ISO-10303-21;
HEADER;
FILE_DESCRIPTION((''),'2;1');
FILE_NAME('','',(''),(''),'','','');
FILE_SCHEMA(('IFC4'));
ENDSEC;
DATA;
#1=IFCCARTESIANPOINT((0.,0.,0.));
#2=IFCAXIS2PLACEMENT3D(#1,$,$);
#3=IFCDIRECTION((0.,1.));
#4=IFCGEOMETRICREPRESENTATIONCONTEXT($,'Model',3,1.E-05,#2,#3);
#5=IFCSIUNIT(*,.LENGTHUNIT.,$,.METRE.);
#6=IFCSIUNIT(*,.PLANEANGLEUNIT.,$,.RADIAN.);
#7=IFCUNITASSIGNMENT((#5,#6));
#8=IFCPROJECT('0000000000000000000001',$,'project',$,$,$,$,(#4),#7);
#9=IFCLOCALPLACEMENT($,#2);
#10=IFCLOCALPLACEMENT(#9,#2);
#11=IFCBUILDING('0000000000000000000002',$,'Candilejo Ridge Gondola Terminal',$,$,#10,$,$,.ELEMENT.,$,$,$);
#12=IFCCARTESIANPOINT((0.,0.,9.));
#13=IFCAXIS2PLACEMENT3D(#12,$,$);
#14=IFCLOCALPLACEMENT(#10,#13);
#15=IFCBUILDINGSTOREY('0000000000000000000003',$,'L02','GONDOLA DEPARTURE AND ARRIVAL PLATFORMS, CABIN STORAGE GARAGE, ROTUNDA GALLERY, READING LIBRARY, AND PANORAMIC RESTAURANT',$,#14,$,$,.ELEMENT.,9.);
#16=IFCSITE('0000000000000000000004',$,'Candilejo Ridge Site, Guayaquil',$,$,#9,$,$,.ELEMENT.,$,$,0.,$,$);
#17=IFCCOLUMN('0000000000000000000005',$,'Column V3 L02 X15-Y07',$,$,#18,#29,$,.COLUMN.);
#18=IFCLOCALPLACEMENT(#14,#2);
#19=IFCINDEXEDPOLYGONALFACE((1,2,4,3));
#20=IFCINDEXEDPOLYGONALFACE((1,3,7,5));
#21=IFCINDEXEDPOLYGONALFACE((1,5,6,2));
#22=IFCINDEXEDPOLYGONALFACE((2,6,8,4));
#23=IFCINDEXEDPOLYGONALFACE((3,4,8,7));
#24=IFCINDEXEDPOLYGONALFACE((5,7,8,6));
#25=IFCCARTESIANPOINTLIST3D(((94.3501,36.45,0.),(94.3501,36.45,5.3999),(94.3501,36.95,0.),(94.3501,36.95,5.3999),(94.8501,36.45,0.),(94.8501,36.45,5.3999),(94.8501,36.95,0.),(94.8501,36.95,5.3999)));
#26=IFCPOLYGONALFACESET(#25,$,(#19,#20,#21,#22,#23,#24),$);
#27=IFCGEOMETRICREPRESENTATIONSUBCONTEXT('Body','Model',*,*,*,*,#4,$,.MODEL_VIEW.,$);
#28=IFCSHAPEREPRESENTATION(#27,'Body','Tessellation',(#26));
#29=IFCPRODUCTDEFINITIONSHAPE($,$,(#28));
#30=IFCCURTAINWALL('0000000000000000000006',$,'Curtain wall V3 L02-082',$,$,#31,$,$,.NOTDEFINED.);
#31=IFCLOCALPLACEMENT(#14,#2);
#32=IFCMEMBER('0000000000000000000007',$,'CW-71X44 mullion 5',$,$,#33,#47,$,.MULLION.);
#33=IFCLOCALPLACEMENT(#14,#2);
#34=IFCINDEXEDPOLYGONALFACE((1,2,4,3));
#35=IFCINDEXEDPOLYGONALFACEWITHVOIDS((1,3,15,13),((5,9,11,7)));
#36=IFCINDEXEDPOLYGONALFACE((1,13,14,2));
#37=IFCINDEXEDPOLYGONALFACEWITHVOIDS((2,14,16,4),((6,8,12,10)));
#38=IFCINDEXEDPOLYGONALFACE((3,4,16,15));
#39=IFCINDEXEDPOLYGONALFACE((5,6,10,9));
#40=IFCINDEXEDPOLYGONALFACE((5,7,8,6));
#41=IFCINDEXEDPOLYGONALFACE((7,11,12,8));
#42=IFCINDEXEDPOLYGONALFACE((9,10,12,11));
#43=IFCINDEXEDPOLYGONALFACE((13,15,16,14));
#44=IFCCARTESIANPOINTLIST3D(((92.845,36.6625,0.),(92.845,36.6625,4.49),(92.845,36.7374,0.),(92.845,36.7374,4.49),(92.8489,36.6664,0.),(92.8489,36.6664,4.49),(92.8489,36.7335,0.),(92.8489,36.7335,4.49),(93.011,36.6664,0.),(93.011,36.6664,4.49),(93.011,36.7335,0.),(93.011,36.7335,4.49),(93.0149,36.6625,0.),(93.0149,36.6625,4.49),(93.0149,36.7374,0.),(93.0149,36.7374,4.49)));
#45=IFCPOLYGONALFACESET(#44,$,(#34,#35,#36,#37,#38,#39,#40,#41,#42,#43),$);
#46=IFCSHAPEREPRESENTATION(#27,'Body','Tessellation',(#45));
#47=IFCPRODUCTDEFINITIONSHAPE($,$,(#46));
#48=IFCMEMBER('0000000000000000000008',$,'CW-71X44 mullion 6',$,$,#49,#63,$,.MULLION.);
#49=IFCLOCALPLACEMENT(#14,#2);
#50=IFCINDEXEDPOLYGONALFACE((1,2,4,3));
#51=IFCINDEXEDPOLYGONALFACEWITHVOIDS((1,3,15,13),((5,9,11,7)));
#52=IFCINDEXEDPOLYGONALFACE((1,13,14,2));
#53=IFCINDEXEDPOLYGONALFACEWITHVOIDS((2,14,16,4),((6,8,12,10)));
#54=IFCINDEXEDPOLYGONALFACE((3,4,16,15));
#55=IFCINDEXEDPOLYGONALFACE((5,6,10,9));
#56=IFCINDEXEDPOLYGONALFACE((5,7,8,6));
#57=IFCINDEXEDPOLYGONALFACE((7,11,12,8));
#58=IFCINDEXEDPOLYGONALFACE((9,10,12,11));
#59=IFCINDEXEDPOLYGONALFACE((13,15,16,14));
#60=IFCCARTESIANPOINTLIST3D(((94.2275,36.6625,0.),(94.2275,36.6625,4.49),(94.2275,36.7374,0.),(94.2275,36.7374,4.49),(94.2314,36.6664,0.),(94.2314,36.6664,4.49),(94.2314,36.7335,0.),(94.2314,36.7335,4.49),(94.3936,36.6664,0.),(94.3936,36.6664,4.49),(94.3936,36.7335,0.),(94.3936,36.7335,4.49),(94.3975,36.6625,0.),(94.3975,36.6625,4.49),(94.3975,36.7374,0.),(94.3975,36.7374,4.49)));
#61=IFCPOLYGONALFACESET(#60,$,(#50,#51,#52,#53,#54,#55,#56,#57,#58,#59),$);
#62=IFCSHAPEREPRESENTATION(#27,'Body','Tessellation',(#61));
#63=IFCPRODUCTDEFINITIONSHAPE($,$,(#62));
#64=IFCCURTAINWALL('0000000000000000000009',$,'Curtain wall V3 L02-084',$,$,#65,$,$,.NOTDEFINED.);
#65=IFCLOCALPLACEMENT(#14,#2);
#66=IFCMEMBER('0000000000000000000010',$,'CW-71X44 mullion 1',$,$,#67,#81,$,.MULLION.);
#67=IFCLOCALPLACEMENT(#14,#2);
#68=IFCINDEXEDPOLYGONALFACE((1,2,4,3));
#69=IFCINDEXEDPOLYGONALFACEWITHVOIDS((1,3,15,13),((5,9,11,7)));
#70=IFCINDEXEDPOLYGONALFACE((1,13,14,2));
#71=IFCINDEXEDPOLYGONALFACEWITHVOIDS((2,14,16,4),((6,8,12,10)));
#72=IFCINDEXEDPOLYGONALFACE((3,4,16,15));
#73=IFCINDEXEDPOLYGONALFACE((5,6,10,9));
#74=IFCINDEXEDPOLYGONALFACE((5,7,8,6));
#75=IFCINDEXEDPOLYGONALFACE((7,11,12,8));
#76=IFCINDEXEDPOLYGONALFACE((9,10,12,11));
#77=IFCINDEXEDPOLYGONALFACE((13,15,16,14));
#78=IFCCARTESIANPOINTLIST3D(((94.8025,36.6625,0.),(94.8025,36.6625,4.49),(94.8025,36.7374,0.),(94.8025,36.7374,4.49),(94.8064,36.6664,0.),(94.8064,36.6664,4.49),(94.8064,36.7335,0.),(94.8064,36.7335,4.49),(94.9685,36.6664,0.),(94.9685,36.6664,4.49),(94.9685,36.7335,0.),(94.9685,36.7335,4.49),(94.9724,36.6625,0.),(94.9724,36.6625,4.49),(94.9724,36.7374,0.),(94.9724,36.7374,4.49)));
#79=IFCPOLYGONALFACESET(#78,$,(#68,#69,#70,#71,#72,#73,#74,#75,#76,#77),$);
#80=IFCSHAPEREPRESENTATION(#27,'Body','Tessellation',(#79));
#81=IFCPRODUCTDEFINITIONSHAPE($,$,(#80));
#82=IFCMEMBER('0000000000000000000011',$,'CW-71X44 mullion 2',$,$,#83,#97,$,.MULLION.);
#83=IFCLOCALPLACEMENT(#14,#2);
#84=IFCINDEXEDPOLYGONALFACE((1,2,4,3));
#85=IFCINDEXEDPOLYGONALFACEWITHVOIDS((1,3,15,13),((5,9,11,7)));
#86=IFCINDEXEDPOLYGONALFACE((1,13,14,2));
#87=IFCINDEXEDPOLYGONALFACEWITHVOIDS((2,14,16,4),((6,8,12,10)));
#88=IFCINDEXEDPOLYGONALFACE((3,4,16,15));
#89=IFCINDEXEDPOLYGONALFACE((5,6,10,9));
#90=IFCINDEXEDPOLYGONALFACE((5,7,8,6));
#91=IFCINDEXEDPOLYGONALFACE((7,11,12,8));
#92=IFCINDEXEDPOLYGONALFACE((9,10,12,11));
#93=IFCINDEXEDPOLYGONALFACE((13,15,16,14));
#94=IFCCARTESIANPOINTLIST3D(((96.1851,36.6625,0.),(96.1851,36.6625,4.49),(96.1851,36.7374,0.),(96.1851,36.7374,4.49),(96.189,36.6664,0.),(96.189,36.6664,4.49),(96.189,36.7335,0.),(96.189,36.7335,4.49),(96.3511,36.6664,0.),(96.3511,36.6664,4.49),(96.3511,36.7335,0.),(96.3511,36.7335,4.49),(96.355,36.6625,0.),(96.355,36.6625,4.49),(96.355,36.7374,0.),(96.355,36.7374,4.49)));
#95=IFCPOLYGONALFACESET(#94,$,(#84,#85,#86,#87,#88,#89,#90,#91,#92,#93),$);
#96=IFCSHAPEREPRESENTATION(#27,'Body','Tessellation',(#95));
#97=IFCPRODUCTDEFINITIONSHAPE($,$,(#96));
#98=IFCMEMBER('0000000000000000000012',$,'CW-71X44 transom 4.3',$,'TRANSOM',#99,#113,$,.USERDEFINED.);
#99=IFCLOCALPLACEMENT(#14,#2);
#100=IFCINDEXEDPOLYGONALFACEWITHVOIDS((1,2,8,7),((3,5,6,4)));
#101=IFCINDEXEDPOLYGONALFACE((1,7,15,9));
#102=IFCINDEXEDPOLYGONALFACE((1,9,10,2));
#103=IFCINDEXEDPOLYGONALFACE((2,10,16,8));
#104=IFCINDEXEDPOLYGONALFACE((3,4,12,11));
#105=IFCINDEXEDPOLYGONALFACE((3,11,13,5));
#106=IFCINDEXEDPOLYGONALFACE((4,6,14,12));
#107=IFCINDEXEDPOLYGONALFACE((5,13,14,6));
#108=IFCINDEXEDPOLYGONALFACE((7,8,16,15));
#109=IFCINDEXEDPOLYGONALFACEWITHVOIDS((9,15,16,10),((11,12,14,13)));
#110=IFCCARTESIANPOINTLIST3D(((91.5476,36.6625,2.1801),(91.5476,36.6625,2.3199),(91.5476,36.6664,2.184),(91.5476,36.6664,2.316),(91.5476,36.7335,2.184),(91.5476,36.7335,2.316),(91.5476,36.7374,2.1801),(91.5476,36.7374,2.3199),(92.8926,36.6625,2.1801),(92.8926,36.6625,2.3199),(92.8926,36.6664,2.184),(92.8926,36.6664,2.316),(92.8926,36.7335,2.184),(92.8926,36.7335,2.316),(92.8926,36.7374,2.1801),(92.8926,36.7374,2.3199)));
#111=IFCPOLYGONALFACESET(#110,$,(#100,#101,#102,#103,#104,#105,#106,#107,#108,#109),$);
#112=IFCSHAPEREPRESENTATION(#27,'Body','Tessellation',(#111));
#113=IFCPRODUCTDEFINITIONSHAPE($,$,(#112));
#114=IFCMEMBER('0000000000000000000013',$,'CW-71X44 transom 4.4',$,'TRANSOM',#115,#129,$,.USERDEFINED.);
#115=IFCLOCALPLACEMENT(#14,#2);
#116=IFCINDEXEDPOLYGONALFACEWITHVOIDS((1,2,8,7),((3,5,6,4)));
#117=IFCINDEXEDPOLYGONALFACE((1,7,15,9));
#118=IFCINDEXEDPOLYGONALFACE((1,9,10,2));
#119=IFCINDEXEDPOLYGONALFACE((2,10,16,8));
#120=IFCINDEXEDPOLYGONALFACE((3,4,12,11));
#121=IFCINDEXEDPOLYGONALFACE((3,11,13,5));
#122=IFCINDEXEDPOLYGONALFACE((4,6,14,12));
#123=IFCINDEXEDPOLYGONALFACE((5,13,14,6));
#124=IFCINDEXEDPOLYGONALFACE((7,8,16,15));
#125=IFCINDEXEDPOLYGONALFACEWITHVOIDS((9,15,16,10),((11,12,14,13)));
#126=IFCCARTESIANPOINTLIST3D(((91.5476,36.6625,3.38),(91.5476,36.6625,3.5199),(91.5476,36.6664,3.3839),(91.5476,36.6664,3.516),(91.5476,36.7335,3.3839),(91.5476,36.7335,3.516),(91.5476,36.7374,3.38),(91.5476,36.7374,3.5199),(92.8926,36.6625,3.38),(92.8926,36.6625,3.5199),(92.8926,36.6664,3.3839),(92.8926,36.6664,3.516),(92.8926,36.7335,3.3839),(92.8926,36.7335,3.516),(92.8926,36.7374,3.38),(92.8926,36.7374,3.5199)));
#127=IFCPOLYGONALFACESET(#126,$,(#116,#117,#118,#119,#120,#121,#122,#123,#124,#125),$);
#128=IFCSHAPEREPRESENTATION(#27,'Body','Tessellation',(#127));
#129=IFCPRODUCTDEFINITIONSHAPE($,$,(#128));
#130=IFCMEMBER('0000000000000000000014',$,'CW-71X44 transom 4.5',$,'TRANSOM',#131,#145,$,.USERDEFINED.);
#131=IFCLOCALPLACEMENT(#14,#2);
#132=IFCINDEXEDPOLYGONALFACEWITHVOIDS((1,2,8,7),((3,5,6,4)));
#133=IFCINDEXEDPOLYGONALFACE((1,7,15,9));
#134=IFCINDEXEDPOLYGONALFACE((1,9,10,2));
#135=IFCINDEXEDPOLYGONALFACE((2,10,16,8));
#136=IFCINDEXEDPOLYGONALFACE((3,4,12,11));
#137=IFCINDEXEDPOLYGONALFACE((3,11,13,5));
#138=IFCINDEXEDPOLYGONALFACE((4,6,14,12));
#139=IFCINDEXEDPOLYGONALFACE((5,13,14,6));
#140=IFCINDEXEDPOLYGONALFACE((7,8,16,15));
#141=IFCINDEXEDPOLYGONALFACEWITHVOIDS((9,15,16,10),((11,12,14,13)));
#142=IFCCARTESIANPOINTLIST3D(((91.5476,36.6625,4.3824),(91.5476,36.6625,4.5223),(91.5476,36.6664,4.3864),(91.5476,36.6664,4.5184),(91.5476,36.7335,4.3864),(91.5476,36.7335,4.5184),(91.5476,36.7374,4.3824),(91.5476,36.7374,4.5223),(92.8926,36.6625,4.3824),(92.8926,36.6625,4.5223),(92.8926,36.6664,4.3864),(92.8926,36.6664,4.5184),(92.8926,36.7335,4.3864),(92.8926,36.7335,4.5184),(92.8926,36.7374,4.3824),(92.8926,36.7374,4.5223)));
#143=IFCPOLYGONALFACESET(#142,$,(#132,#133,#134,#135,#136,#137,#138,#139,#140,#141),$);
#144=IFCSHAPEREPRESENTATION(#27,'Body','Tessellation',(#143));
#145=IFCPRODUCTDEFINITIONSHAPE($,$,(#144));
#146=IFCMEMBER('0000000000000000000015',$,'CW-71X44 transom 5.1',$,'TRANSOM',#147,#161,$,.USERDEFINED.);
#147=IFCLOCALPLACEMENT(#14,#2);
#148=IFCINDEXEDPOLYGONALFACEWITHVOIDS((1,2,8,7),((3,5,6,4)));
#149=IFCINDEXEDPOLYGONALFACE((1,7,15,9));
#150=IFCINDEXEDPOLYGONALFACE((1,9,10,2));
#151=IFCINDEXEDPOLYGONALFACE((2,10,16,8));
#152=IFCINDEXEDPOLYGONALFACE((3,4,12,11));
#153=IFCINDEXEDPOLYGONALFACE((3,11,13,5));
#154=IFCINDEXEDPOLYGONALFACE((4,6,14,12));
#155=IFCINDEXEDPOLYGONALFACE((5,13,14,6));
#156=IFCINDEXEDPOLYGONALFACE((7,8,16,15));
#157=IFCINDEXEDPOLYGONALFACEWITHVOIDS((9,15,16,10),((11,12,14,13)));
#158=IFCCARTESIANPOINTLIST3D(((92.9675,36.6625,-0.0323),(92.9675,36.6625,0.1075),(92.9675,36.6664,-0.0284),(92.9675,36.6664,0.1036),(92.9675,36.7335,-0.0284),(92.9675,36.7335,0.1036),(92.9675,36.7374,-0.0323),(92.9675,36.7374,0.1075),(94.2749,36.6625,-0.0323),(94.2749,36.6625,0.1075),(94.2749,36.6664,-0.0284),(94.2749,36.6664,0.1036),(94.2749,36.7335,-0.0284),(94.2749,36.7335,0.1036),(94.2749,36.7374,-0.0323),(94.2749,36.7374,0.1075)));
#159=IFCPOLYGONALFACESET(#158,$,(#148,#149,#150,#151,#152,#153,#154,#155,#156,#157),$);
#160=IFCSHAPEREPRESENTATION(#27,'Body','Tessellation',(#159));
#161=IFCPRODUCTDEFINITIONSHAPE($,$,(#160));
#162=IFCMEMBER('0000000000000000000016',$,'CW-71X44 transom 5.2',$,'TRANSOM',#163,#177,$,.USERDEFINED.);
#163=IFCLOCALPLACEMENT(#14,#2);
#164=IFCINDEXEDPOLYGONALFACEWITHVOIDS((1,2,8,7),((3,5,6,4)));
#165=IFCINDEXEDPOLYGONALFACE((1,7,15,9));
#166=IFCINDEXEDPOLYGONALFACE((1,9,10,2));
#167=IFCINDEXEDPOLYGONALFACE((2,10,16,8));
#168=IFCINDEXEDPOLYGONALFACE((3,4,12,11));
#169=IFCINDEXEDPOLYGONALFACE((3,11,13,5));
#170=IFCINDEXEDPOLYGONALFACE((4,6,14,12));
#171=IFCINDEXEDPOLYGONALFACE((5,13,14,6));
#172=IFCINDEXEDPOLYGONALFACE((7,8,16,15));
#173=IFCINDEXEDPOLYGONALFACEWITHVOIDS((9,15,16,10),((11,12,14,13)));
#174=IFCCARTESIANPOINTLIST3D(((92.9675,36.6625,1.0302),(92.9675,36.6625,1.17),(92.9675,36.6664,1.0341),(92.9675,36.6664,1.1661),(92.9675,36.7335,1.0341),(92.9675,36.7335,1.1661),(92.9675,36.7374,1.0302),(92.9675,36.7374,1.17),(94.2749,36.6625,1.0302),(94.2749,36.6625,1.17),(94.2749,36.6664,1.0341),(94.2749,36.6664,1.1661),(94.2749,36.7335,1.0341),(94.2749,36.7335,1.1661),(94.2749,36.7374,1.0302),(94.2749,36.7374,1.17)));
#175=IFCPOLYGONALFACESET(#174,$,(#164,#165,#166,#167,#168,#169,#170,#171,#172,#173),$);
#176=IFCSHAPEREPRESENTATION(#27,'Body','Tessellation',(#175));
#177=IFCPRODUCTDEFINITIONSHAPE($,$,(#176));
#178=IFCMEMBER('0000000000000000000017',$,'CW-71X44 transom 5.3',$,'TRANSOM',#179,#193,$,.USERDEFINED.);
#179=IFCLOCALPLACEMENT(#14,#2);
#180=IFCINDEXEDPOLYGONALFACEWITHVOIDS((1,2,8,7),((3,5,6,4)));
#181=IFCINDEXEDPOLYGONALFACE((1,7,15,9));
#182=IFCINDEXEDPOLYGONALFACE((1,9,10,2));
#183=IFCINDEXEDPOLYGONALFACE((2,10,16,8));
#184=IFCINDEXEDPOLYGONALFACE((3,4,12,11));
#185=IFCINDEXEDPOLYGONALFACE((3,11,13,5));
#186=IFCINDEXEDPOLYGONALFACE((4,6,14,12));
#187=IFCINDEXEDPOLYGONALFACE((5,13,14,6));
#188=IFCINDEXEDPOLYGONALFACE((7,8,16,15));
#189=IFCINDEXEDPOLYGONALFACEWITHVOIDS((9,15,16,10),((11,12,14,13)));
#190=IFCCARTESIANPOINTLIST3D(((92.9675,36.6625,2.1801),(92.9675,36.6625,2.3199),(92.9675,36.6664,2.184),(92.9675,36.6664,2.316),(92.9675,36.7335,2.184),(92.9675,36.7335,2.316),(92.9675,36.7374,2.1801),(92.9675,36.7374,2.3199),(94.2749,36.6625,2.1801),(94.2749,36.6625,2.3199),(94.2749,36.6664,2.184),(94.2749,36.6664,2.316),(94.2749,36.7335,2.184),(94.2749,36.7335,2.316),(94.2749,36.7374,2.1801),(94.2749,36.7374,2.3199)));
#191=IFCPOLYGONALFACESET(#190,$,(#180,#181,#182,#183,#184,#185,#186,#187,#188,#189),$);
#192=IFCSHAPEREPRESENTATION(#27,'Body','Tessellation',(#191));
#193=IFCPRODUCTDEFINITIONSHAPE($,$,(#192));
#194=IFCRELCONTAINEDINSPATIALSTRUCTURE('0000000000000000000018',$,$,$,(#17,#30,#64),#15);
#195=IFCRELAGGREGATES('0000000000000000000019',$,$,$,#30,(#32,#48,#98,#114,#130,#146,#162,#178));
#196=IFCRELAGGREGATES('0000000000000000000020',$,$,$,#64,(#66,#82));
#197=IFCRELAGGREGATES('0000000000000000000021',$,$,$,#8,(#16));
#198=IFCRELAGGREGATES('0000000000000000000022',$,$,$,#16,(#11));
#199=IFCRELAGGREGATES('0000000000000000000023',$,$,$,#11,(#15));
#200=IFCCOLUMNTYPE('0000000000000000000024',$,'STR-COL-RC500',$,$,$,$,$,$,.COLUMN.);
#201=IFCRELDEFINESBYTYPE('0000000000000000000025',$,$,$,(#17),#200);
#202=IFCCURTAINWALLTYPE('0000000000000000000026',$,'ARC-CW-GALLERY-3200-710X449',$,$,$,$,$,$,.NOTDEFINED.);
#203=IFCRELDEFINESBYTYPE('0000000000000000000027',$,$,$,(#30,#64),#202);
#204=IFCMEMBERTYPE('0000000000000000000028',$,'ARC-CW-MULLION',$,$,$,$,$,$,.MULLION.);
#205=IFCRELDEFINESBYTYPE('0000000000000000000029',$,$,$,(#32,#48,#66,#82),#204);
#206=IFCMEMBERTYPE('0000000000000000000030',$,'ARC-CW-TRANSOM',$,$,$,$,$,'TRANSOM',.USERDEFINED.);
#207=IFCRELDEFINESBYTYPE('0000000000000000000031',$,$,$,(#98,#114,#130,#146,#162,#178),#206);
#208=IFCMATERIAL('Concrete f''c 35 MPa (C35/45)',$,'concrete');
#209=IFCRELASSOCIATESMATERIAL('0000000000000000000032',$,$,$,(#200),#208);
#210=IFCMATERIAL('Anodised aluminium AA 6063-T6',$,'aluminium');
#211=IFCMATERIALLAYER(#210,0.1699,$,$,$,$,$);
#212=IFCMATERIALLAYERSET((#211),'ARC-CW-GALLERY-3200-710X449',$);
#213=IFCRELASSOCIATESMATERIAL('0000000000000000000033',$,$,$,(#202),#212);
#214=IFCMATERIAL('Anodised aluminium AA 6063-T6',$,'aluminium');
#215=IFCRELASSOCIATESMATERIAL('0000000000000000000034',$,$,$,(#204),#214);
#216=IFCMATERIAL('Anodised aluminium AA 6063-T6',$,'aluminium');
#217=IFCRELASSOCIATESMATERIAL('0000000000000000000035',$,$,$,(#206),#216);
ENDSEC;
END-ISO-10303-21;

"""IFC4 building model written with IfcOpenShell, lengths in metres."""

from ifc_helpers import new_model, si_unit, direction, frame, origin, origin_2d, place, context, subcontext, project, spatial, rectangle, hollow_rectangle, extrude, material, layer, layer_set, material_profile, profile_set, type_object, element, aggregate, save


model = new_model("IFC4")

# Units and contexts
model_context = context("Model", 3, precision=1e-05, world=origin(), true_north=direction((0.0, 1.0)))
body_context = subcontext(model_context, "Body", "Model", "MODEL_VIEW")
ifc_project = project(units=[si_unit("LENGTHUNIT", "METRE"), si_unit("PLANEANGLEUNIT", "RADIAN")], contexts=[model_context])

# Site, building, storey
site_placement = place(None, origin())
site = spatial("IfcSite", under=ifc_project, at=site_placement, Name="Candilejo Ridge Site, Guayaquil", CompositionType="ELEMENT", RefElevation=0.0)
building_placement = place(site_placement, origin())
building = spatial("IfcBuilding", under=site, at=building_placement, Name="Candilejo Ridge Gondola Terminal", CompositionType="ELEMENT")
storey_placement = place(building_placement, frame((0.0, 0.0, 9.0)))
storey = spatial("IfcBuildingStorey", under=building, at=storey_placement, Name="L02", Description="GONDOLA DEPARTURE AND ARRIVAL PLATFORMS, CABIN STORAGE GARAGE, ROTUNDA GALLERY, READING LIBRARY, AND PANORAMIC RESTAURANT", CompositionType="ELEMENT", Elevation=9.0)

# Column
ifc_material_1 = material(Name="Concrete f'c 35 MPa (C35/45)", Category="concrete")
ifc_material_profile_1 = material_profile(ifc_material_1, rectangle(XDim=0.5, YDim=0.5, at=origin_2d()))
ifc_profile_set_1 = profile_set([ifc_material_profile_1], Name="Concrete f'c 35 MPa (C35/45)")
column_type = type_object("IfcColumnType", Name="STR-COL-RC500", PredefinedType="COLUMN", material=ifc_profile_set_1)
column_placement = place(storey_placement, frame((94.6001, 36.7, 0.0), z_axis=(0.0, 0.0, 1.0), x_axis=(1.0, 0.0, 0.0)))
element("IfcColumn", 1, at=column_placement, inside=storey, type_object=column_type, Name="Column V3 L02 X15-Y07", PredefinedType="COLUMN", context=body_context, shape_type="SweptSolid", body=[
    extrude(rectangle(XDim=0.5, YDim=0.5, at=origin_2d()), origin(), (0.0, 0.0, 1.0), 5.3999),
])

# Curtain walls, members
ifc_material_2 = material(Name="Anodised aluminium AA 6063-T6", Category="aluminium")
ifc_layer_1 = layer(ifc_material_2, 0.1699)
ifc_layer_set_1 = layer_set([ifc_layer_1], Name="ARC-CW-GALLERY-3200-710X449")
curtain_wall_type = type_object("IfcCurtainWallType", Name="ARC-CW-GALLERY-3200-710X449", PredefinedType="NOTDEFINED", material=ifc_layer_set_1)
curtain_wall_1_placement = place(storey_placement, origin())
curtain_wall_1 = element("IfcCurtainWall", 2, at=curtain_wall_1_placement, inside=storey, type_object=curtain_wall_type, Name="Curtain wall V3 L02-082", PredefinedType="NOTDEFINED")
ifc_material_3 = material(Name="Anodised aluminium AA 6063-T6", Category="aluminium")
ifc_material_profile_2 = material_profile(ifc_material_3, hollow_rectangle(XDim=0.075, YDim=0.1699, WallThickness=0.0039, at=origin_2d()))
ifc_profile_set_2 = profile_set([ifc_material_profile_2], Name="Anodised aluminium AA 6063-T6")
member_type_1 = type_object("IfcMemberType", Name="ARC-CW-MULLION", PredefinedType="MULLION", material=ifc_profile_set_2)
member_1_placement = place(storey_placement, frame((92.9299, 36.7, 0.0), z_axis=(0.0, 0.0, 1.0), x_axis=(0.0, 1.0, 0.0)))
member_1 = element("IfcMember", 3, at=member_1_placement, type_object=member_type_1, Name="CW-71X44 mullion 5", PredefinedType="MULLION", context=body_context, shape_type="SweptSolid", body=[
    extrude(hollow_rectangle(XDim=0.075, YDim=0.1699, WallThickness=0.0039, at=origin_2d()), origin(), (0.0, 0.0, 1.0), 4.49),
])
member_2_placement = place(storey_placement, frame((94.3125, 36.7, 0.0), z_axis=(0.0, 0.0, 1.0), x_axis=(0.0, 1.0, 0.0)))
member_2 = element("IfcMember", 4, at=member_2_placement, type_object=member_type_1, Name="CW-71X44 mullion 6", PredefinedType="MULLION", context=body_context, shape_type="SweptSolid", body=[
    extrude(hollow_rectangle(XDim=0.075, YDim=0.1699, WallThickness=0.0039, at=origin_2d()), origin(), (0.0, 0.0, 1.0), 4.49),
])
curtain_wall_2_placement = place(storey_placement, origin())
curtain_wall_2 = element("IfcCurtainWall", 5, at=curtain_wall_2_placement, inside=storey, type_object=curtain_wall_type, Name="Curtain wall V3 L02-084", PredefinedType="NOTDEFINED")
member_3_placement = place(storey_placement, frame((94.8875, 36.7, 0.0), z_axis=(0.0, 0.0, 1.0), x_axis=(0.0, 1.0, 0.0)))
member_3 = element("IfcMember", 6, at=member_3_placement, type_object=member_type_1, Name="CW-71X44 mullion 1", PredefinedType="MULLION", context=body_context, shape_type="SweptSolid", body=[
    extrude(hollow_rectangle(XDim=0.075, YDim=0.1699, WallThickness=0.0039, at=origin_2d()), origin(), (0.0, 0.0, 1.0), 4.49),
])
member_4_placement = place(storey_placement, frame((96.27, 36.7, 0.0), z_axis=(0.0, 0.0, 1.0), x_axis=(0.0, 1.0, 0.0)))
member_4 = element("IfcMember", 7, at=member_4_placement, type_object=member_type_1, Name="CW-71X44 mullion 2", PredefinedType="MULLION", context=body_context, shape_type="SweptSolid", body=[
    extrude(hollow_rectangle(XDim=0.075, YDim=0.1699, WallThickness=0.0039, at=origin_2d()), origin(), (0.0, 0.0, 1.0), 4.49),
])

# Members
ifc_material_4 = material(Name="Anodised aluminium AA 6063-T6", Category="aluminium")
ifc_material_profile_3 = material_profile(ifc_material_4, hollow_rectangle(XDim=0.075, YDim=0.1399, WallThickness=0.0039, at=origin_2d()))
ifc_profile_set_3 = profile_set([ifc_material_profile_3], Name="Anodised aluminium AA 6063-T6")
member_type_2 = type_object("IfcMemberType", Name="ARC-CW-TRANSOM", ElementType="TRANSOM", PredefinedType="USERDEFINED", material=ifc_profile_set_3)
member_5_placement = place(storey_placement, frame((91.5476, 36.7, 2.25), z_axis=(1.0, 0.0, 0.0), x_axis=(0.0, 1.0, 0.0)))
member_5 = element("IfcMember", 8, at=member_5_placement, type_object=member_type_2, Name="CW-71X44 transom 4.3", ObjectType="TRANSOM", PredefinedType="USERDEFINED", context=body_context, shape_type="SweptSolid", body=[
    extrude(hollow_rectangle(XDim=0.075, YDim=0.1399, WallThickness=0.0039, at=origin_2d()), origin(), (0.0, 0.0, 1.0), 1.345),
])
member_6_placement = place(storey_placement, frame((91.5476, 36.7, 3.45), z_axis=(1.0, 0.0, 0.0), x_axis=(0.0, 1.0, 0.0)))
member_6 = element("IfcMember", 9, at=member_6_placement, type_object=member_type_2, Name="CW-71X44 transom 4.4", ObjectType="TRANSOM", PredefinedType="USERDEFINED", context=body_context, shape_type="SweptSolid", body=[
    extrude(hollow_rectangle(XDim=0.075, YDim=0.1399, WallThickness=0.0039, at=origin_2d()), origin(), (0.0, 0.0, 1.0), 1.345),
])
member_7_placement = place(storey_placement, frame((91.5476, 36.7, 4.4524), z_axis=(1.0, 0.0, 0.0), x_axis=(0.0, 1.0, 0.0)))
member_7 = element("IfcMember", 10, at=member_7_placement, type_object=member_type_2, Name="CW-71X44 transom 4.5", ObjectType="TRANSOM", PredefinedType="USERDEFINED", context=body_context, shape_type="SweptSolid", body=[
    extrude(hollow_rectangle(XDim=0.075, YDim=0.1399, WallThickness=0.0039, at=origin_2d()), origin(), (0.0, 0.0, 1.0), 1.345),
])
member_8_placement = place(storey_placement, frame((92.9675, 36.7, 0.0376), z_axis=(1.0, 0.0, 0.0), x_axis=(0.0, 1.0, 0.0)))
member_8 = element("IfcMember", 11, at=member_8_placement, type_object=member_type_2, Name="CW-71X44 transom 5.1", ObjectType="TRANSOM", PredefinedType="USERDEFINED", context=body_context, shape_type="SweptSolid", body=[
    extrude(hollow_rectangle(XDim=0.075, YDim=0.1399, WallThickness=0.0039, at=origin_2d()), origin(), (0.0, 0.0, 1.0), 1.3074),
])
member_9_placement = place(storey_placement, frame((92.9675, 36.7, 1.1001), z_axis=(1.0, 0.0, 0.0), x_axis=(0.0, 1.0, 0.0)))
member_9 = element("IfcMember", 12, at=member_9_placement, type_object=member_type_2, Name="CW-71X44 transom 5.2", ObjectType="TRANSOM", PredefinedType="USERDEFINED", context=body_context, shape_type="SweptSolid", body=[
    extrude(hollow_rectangle(XDim=0.075, YDim=0.1399, WallThickness=0.0039, at=origin_2d()), origin(), (0.0, 0.0, 1.0), 1.3074),
])
member_10_placement = place(storey_placement, frame((92.9675, 36.7, 2.25), z_axis=(1.0, 0.0, 0.0), x_axis=(0.0, 1.0, 0.0)))
member_10 = element("IfcMember", 13, at=member_10_placement, type_object=member_type_2, Name="CW-71X44 transom 5.3", ObjectType="TRANSOM", PredefinedType="USERDEFINED", context=body_context, shape_type="SweptSolid", body=[
    extrude(hollow_rectangle(XDim=0.075, YDim=0.1399, WallThickness=0.0039, at=origin_2d()), origin(), (0.0, 0.0, 1.0), 1.3074),
])

aggregate(curtain_wall_1, [member_1, member_2, member_5, member_6, member_7, member_8, member_9, member_10])
aggregate(curtain_wall_2, [member_3, member_4])

save(model, "model.ifc")
